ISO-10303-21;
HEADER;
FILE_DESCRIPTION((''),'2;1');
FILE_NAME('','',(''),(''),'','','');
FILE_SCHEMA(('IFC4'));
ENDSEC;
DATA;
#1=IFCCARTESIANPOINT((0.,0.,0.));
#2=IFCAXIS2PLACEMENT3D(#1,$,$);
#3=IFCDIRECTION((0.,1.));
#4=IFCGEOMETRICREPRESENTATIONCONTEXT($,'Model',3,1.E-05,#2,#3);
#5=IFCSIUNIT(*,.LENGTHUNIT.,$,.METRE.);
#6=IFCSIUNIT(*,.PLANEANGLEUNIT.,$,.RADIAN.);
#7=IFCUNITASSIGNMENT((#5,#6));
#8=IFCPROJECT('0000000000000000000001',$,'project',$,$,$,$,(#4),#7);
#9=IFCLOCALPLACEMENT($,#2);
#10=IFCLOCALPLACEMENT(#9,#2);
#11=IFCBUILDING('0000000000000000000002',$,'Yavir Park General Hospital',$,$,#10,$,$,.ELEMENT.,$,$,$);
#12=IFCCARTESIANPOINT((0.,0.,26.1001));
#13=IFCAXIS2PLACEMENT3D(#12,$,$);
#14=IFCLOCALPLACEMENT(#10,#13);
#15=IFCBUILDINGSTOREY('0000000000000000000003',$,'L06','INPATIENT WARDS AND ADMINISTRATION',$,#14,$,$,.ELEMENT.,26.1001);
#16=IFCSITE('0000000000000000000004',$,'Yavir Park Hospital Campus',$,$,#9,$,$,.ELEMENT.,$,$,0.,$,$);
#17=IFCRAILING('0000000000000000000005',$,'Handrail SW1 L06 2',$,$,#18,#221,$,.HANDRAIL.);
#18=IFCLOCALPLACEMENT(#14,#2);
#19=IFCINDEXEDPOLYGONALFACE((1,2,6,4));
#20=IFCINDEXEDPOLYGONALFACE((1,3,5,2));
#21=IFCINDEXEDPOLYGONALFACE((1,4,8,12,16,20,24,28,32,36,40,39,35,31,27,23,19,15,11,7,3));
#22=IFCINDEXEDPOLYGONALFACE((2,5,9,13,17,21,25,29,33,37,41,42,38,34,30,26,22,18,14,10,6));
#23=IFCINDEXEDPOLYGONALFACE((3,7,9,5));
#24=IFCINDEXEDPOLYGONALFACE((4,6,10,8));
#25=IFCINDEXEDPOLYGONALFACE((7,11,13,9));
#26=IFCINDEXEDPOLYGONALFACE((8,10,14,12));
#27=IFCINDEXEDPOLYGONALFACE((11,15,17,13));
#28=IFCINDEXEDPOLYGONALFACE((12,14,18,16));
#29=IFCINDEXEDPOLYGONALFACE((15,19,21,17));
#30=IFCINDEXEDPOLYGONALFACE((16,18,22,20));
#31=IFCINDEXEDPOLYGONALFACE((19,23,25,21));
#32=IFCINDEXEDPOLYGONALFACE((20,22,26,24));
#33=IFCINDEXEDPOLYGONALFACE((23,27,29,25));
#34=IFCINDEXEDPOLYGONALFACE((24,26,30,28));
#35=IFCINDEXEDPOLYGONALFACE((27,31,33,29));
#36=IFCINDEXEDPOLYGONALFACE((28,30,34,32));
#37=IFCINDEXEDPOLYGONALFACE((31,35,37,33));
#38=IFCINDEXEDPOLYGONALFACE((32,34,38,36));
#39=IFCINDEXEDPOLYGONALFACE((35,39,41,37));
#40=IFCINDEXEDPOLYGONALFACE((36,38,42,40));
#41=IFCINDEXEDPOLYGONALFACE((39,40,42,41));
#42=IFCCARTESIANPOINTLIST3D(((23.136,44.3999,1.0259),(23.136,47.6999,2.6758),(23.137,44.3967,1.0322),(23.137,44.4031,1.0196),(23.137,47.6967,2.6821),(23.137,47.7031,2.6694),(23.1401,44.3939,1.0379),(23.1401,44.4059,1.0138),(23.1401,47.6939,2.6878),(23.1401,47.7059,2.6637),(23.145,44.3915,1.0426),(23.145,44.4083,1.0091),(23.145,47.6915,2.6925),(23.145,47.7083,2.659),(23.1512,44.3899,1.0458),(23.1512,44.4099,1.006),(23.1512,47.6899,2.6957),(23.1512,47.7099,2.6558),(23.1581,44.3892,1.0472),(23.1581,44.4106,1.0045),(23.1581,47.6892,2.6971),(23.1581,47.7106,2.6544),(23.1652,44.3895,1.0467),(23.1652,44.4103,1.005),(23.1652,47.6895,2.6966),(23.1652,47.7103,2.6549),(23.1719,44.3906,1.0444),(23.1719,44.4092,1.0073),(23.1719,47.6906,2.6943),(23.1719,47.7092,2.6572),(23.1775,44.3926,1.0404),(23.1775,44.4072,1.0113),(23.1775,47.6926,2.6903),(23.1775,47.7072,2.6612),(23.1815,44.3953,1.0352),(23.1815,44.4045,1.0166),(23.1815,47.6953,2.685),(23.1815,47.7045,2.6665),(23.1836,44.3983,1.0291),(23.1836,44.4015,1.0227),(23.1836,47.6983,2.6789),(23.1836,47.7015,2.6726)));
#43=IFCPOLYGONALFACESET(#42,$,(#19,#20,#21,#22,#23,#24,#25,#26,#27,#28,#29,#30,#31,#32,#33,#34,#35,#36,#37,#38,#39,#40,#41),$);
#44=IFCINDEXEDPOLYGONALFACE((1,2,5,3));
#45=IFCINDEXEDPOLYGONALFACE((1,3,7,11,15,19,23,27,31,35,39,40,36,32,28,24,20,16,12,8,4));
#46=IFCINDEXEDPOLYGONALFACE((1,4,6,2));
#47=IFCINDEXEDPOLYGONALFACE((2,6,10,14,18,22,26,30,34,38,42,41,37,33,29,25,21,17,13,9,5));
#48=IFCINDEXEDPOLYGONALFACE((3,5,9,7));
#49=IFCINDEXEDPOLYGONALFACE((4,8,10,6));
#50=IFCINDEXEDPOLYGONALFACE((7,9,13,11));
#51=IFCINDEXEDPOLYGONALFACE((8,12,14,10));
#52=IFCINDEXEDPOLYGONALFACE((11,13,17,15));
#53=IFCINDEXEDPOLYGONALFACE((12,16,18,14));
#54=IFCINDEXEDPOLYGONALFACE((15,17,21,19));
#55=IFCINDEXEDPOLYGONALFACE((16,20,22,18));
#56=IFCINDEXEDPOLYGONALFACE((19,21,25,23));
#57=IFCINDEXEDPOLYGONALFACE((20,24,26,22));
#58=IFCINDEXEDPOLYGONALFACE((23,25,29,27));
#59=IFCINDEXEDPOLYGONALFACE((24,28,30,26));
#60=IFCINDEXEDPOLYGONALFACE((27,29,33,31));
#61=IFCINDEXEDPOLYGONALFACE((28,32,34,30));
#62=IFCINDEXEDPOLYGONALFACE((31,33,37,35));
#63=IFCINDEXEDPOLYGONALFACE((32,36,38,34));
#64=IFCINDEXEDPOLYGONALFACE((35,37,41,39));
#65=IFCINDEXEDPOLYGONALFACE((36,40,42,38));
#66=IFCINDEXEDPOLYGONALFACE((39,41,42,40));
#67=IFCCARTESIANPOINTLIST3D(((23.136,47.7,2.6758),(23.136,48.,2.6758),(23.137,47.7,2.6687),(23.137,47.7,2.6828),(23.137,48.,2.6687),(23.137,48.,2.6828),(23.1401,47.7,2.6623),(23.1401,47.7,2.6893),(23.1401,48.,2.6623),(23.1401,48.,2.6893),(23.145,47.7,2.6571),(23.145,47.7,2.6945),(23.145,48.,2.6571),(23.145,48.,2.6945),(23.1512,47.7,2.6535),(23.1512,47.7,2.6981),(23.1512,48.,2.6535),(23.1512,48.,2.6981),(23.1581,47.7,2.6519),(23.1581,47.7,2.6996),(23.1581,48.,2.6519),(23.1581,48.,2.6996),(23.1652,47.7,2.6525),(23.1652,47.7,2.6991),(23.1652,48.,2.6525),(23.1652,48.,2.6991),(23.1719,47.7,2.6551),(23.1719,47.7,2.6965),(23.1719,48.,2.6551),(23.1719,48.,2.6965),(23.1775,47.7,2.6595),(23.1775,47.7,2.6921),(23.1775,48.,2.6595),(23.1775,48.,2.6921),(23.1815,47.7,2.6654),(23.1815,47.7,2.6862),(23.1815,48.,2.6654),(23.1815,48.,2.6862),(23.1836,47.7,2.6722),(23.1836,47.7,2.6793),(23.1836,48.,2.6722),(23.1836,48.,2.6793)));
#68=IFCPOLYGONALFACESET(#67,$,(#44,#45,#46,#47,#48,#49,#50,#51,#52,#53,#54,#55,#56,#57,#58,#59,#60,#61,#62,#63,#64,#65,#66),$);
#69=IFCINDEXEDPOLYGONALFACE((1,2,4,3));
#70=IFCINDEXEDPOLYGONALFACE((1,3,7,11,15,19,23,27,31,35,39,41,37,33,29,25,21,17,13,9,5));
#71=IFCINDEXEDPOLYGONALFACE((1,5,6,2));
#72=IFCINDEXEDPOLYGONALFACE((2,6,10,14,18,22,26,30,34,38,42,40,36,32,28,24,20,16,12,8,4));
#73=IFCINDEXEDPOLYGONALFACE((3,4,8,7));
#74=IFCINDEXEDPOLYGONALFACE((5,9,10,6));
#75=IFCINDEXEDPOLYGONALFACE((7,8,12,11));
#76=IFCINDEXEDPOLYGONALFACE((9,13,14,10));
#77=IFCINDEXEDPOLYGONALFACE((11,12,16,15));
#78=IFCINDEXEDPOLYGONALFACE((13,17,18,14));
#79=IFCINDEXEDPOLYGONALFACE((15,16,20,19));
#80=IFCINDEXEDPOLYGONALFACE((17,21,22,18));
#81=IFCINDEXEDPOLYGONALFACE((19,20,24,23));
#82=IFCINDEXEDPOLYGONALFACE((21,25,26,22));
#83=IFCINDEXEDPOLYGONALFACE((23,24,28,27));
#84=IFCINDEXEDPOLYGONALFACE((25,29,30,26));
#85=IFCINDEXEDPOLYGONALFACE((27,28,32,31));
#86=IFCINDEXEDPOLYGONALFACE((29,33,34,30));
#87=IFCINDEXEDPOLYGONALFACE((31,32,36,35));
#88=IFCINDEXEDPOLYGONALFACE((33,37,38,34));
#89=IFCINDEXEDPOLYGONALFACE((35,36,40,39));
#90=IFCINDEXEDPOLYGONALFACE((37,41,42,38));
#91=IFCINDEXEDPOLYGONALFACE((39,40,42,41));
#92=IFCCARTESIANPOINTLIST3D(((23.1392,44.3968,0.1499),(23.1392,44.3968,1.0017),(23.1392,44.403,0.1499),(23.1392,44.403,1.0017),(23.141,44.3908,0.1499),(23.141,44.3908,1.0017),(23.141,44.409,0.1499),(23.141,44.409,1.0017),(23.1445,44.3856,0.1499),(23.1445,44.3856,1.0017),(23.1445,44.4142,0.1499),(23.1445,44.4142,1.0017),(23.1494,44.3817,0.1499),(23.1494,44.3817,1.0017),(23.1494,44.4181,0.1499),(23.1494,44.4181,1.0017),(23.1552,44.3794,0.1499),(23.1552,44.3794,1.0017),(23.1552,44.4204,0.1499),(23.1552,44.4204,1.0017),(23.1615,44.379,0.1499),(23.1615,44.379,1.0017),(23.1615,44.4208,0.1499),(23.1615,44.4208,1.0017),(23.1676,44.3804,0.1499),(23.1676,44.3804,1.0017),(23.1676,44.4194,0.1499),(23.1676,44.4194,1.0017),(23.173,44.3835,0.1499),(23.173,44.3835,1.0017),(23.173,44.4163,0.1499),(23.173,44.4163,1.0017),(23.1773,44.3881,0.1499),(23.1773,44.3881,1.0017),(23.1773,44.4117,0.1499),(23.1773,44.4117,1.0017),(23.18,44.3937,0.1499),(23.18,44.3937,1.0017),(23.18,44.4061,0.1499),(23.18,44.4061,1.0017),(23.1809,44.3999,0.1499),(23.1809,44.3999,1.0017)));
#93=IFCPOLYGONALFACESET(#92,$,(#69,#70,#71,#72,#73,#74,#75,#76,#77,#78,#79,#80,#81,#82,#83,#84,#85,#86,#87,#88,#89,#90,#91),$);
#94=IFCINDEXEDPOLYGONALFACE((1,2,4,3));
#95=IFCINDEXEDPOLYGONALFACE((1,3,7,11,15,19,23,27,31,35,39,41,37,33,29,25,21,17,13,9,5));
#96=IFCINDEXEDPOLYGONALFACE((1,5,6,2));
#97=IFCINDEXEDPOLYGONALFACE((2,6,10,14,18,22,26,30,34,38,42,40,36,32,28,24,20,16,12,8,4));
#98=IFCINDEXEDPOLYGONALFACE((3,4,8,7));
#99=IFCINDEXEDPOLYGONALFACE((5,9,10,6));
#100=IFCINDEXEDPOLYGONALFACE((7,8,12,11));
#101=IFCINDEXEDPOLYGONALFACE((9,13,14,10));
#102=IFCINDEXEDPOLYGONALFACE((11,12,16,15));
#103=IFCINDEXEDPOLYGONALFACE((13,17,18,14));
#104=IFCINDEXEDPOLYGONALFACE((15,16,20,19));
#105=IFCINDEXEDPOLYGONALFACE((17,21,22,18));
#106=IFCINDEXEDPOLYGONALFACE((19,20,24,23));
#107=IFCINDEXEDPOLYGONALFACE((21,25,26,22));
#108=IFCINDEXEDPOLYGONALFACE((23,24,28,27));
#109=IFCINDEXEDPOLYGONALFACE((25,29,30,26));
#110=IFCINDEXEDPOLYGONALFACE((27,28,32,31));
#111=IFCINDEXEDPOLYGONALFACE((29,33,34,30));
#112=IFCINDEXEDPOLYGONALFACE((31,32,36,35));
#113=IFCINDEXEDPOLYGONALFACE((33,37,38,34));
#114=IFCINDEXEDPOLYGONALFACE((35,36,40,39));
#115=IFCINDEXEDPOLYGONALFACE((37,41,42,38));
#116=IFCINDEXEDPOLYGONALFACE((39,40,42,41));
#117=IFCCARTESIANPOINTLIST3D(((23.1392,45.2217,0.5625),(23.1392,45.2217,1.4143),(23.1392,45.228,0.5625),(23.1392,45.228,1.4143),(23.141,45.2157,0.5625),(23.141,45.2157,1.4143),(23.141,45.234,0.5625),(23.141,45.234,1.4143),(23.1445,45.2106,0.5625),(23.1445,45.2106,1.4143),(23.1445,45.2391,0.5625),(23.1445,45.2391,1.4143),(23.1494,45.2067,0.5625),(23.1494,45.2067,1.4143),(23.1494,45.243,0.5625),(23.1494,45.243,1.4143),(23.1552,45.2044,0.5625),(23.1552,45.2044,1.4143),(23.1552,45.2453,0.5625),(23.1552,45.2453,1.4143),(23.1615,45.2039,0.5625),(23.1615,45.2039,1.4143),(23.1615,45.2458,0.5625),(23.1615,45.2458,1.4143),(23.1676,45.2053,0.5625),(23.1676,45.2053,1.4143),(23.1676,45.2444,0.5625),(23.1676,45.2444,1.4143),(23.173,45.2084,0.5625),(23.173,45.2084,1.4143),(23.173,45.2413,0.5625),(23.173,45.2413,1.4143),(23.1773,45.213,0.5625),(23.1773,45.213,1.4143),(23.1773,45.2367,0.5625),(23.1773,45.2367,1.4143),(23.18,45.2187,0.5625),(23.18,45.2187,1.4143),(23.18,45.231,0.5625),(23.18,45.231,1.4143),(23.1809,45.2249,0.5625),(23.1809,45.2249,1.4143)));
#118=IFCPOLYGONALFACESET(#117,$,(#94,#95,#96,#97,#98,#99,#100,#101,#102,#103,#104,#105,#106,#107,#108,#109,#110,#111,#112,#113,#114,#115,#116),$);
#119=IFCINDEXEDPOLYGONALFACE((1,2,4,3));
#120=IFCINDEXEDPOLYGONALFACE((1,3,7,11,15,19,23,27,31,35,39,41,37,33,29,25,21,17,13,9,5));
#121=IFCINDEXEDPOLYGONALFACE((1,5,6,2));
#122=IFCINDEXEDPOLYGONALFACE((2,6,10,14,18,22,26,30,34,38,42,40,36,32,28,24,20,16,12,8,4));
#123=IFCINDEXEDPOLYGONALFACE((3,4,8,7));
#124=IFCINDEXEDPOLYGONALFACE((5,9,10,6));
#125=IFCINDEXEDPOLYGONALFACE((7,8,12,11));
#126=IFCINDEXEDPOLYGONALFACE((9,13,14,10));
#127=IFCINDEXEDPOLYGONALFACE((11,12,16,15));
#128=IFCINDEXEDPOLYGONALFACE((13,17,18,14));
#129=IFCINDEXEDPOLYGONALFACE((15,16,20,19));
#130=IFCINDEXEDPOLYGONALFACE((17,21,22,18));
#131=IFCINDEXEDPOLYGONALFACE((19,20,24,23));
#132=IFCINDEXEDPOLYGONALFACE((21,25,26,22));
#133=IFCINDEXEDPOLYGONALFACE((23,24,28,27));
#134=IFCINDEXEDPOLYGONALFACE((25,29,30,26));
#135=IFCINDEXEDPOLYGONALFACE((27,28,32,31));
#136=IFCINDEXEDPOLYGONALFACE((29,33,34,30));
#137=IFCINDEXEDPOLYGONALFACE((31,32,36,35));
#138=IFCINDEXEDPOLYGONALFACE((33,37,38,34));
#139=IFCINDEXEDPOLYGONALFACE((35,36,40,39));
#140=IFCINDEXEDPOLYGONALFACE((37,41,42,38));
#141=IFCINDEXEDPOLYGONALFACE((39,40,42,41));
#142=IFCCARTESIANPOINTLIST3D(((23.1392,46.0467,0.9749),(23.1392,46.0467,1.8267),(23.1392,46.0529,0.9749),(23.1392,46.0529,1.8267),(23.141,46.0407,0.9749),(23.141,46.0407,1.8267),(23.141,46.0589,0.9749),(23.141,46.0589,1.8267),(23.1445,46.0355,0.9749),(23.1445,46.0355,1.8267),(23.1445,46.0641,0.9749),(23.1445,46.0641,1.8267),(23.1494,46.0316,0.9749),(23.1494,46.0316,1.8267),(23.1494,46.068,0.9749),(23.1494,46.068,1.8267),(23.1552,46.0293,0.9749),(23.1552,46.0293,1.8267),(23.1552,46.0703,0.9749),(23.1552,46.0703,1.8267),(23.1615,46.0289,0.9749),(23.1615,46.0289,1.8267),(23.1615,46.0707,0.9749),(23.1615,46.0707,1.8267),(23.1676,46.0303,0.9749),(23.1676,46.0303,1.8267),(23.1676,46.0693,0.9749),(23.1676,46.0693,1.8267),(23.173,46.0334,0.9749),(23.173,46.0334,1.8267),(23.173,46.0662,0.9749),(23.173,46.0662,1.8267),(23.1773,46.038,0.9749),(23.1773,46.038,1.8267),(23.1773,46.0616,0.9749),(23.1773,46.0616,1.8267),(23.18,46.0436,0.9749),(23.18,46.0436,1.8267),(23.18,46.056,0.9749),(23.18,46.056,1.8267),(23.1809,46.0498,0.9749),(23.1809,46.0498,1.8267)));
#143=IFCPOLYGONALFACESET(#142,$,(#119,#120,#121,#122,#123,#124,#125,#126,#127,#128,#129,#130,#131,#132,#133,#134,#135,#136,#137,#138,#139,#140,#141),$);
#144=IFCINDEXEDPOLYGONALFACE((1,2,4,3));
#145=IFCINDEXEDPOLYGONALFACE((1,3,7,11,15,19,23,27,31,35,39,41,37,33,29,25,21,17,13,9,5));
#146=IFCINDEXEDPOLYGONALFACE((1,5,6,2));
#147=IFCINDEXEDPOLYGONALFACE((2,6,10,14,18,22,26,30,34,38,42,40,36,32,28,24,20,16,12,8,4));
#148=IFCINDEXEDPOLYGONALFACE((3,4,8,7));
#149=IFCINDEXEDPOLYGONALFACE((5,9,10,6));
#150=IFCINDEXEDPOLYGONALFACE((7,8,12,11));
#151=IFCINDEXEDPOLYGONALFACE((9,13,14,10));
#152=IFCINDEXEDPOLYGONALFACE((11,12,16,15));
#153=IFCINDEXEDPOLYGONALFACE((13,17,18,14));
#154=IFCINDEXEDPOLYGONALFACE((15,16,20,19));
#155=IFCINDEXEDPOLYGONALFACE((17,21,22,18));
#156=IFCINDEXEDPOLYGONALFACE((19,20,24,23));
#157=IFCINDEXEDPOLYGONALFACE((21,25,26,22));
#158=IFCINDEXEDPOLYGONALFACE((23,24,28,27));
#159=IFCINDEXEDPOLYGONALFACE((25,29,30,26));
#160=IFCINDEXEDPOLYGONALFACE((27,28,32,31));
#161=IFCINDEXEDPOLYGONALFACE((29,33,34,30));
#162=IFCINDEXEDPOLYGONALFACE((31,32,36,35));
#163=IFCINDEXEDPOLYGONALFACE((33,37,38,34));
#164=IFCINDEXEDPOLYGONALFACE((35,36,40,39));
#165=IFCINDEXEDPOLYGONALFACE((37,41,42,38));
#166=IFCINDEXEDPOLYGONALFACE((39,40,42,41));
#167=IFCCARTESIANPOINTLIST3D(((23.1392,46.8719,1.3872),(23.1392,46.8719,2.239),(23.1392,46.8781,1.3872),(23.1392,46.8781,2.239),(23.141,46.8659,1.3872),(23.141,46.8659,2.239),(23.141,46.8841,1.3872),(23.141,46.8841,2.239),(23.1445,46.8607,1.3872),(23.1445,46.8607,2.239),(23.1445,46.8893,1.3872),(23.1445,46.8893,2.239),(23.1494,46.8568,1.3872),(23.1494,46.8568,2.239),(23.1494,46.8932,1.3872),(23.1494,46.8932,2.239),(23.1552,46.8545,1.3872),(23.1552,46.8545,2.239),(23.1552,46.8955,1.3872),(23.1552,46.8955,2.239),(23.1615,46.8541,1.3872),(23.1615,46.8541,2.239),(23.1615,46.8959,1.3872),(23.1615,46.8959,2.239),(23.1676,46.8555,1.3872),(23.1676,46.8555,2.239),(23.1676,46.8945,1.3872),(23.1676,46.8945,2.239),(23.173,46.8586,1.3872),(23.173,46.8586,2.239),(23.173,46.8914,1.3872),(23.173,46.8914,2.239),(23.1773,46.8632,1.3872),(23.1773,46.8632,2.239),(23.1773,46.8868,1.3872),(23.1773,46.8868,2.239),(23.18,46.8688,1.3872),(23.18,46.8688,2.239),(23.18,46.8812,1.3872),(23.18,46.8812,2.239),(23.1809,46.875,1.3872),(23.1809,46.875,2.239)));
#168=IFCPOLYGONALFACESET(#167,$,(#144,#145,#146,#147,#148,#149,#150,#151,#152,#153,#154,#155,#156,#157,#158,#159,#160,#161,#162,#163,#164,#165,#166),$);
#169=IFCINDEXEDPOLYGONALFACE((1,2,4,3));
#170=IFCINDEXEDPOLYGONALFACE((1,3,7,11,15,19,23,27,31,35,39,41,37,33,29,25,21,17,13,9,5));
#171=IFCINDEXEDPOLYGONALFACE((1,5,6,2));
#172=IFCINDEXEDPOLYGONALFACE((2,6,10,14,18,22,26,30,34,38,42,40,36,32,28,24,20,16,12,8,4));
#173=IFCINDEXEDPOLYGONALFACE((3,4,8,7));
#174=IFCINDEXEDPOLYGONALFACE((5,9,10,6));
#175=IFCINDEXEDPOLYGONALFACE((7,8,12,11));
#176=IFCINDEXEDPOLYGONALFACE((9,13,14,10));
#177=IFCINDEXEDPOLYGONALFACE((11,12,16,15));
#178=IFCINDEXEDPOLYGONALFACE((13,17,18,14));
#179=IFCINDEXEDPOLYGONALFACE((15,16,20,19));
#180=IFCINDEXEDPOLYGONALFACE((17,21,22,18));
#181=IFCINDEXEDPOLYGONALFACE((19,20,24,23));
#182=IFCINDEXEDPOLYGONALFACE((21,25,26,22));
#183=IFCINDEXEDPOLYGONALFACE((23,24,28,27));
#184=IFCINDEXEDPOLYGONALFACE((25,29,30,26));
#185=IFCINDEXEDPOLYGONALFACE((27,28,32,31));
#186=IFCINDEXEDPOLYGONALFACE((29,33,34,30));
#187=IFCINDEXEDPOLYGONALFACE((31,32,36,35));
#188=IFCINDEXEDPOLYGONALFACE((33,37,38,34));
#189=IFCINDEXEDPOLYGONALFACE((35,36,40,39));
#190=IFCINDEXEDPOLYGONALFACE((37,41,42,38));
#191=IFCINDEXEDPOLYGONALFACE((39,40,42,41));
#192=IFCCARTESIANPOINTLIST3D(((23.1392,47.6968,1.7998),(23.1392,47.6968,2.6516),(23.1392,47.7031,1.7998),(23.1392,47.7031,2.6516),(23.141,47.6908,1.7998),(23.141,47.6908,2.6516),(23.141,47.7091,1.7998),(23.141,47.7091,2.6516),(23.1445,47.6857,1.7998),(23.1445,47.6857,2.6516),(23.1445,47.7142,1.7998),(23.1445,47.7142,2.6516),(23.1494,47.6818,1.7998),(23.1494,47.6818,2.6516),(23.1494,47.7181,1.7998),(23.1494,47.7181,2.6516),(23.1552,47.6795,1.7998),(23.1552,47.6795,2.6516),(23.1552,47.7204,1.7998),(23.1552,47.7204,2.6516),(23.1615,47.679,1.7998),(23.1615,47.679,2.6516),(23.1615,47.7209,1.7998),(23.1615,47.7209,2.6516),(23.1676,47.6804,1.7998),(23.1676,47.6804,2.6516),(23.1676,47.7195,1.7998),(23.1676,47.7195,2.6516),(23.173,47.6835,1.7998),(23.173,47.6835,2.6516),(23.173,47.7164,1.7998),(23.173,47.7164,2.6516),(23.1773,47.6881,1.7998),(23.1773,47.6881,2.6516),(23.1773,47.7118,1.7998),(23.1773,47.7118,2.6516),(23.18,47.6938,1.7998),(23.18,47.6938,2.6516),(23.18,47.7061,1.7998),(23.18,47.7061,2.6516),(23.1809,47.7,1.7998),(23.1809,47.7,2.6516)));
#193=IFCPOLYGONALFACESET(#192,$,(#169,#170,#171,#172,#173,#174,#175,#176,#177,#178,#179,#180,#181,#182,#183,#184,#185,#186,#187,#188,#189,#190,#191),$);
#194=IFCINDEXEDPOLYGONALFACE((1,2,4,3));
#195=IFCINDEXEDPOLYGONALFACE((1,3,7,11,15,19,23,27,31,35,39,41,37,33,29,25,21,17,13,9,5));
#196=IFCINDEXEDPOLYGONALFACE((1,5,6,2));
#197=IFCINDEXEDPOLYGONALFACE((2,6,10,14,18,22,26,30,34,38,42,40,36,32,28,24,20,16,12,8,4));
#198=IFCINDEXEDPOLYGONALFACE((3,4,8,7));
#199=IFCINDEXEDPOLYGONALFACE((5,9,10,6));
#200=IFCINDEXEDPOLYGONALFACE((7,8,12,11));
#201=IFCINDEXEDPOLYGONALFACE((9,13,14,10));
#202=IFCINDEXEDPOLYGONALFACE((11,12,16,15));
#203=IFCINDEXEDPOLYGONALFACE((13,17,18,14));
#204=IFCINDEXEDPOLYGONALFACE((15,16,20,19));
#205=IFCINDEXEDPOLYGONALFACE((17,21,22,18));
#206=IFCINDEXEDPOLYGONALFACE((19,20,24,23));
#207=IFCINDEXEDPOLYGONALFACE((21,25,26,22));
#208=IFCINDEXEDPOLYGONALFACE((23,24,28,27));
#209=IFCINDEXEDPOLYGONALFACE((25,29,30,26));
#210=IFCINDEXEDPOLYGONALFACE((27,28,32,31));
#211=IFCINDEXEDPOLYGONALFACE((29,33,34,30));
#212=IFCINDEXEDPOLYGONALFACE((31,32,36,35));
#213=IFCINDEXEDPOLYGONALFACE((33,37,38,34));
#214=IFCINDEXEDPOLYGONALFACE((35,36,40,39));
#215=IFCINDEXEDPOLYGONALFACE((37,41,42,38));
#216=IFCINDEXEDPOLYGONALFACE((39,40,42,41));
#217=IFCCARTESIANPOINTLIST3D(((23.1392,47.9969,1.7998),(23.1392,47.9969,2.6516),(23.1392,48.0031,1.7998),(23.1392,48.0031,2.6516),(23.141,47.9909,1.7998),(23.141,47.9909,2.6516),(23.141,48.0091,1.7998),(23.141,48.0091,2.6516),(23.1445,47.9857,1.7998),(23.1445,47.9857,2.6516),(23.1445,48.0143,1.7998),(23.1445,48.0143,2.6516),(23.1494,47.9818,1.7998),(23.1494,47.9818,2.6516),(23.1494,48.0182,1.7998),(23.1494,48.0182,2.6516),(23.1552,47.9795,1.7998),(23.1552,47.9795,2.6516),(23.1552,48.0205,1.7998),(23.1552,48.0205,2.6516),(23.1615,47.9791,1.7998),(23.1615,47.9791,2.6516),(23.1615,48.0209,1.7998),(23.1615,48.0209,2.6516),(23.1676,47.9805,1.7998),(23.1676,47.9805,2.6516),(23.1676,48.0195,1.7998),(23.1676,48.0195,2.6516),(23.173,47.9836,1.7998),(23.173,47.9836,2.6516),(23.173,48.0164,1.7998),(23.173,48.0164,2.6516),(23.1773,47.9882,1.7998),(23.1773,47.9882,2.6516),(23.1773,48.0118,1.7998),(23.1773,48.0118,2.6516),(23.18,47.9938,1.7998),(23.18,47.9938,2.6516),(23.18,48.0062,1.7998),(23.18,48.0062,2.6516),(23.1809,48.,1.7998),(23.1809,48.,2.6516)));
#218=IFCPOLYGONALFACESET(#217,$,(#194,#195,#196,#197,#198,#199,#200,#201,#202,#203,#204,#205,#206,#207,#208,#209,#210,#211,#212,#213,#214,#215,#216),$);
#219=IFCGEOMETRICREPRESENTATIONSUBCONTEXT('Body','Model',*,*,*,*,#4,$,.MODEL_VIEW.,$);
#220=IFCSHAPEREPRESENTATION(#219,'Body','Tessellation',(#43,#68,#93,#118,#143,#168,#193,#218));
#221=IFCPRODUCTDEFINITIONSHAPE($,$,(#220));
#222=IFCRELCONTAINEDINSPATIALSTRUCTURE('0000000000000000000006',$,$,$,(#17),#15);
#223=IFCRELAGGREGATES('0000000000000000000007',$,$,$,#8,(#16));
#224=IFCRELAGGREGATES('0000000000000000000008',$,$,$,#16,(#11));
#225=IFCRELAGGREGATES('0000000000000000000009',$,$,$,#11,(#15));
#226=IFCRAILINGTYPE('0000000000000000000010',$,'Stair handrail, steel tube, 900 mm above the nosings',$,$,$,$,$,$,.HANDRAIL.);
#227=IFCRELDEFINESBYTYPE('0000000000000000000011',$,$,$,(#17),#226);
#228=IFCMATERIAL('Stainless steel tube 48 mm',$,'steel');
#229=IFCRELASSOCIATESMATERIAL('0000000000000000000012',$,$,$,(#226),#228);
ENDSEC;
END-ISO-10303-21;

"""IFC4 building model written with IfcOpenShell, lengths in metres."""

from ifc_helpers import new_model, si_unit, direction, frame, origin, origin_2d, place, context, subcontext, project, spatial, circle, extrude, material, type_object, element, save


model = new_model("IFC4")

# Units and contexts
model_context = context("Model", 3, precision=1e-05, world=origin(), true_north=direction((0.0, 1.0)))
body_context = subcontext(model_context, "Body", "Model", "MODEL_VIEW")
ifc_project = project(units=[si_unit("LENGTHUNIT", "METRE"), si_unit("PLANEANGLEUNIT", "RADIAN")], contexts=[model_context])

# Site, building, storey
site_placement = place(None, origin())
site = spatial("IfcSite", under=ifc_project, at=site_placement, Name="Yavir Park Hospital Campus", CompositionType="ELEMENT", RefElevation=0.0)
building_placement = place(site_placement, origin())
building = spatial("IfcBuilding", under=site, at=building_placement, Name="Yavir Park General Hospital", CompositionType="ELEMENT")
storey_placement = place(building_placement, frame((0.0, 0.0, 26.1001)))
storey = spatial("IfcBuildingStorey", under=building, at=storey_placement, Name="L06", Description="INPATIENT WARDS AND ADMINISTRATION", CompositionType="ELEMENT", Elevation=26.1001)

# Railing
ifc_material_1 = material(Name="Stainless steel tube 48 mm", Category="steel")
railing_type_1 = type_object("IfcRailingType", Name="Stair handrail, steel tube, 900 mm above the nosings", PredefinedType="HANDRAIL", material=ifc_material_1)
railing_1_placement = place(storey_placement, frame((23.1599, 44.3999, 0.1499)))
element("IfcRailing", 1, at=railing_1_placement, inside=storey, type_object=railing_type_1, Name="Handrail SW1 L06 2", PredefinedType="HANDRAIL", context=body_context, shape_type="SweptSolid", body=[
    extrude(circle(Radius=0.0239, at=origin_2d()), frame((0.0, 0.0, 0.876), z_axis=(0.0, 0.89444, 0.447187), x_axis=(-1.0, 0.0, 0.0)), (0.0, 0.0, 1.0), 3.6895),
    extrude(circle(Radius=0.0239, at=origin_2d()), frame((0.0, 3.3, 2.5259), z_axis=(0.0, 1.0, 0.0), x_axis=(-1.0, 0.0, 0.0)), (0.0, 0.0, 1.0), 0.3),
    extrude(circle(Radius=0.021, at=origin_2d()), origin(), (0.0, 0.0, 1.0), 0.8518),
    extrude(circle(Radius=0.021, at=origin_2d()), frame((0.0, 0.825, 0.4126)), (0.0, 0.0, 1.0), 0.8518),
    extrude(circle(Radius=0.021, at=origin_2d()), frame((0.0, 1.6499, 0.825)), (0.0, 0.0, 1.0), 0.8518),
    extrude(circle(Radius=0.021, at=origin_2d()), frame((0.0, 2.4751, 1.2373)), (0.0, 0.0, 1.0), 0.8518),
    extrude(circle(Radius=0.021, at=origin_2d()), frame((0.0, 3.3, 1.6499)), (0.0, 0.0, 1.0), 0.8518),
    extrude(circle(Radius=0.021, at=origin_2d()), frame((0.0, 3.6001, 1.6499)), (0.0, 0.0, 1.0), 0.8518),
])

save(model, "model.ifc")
